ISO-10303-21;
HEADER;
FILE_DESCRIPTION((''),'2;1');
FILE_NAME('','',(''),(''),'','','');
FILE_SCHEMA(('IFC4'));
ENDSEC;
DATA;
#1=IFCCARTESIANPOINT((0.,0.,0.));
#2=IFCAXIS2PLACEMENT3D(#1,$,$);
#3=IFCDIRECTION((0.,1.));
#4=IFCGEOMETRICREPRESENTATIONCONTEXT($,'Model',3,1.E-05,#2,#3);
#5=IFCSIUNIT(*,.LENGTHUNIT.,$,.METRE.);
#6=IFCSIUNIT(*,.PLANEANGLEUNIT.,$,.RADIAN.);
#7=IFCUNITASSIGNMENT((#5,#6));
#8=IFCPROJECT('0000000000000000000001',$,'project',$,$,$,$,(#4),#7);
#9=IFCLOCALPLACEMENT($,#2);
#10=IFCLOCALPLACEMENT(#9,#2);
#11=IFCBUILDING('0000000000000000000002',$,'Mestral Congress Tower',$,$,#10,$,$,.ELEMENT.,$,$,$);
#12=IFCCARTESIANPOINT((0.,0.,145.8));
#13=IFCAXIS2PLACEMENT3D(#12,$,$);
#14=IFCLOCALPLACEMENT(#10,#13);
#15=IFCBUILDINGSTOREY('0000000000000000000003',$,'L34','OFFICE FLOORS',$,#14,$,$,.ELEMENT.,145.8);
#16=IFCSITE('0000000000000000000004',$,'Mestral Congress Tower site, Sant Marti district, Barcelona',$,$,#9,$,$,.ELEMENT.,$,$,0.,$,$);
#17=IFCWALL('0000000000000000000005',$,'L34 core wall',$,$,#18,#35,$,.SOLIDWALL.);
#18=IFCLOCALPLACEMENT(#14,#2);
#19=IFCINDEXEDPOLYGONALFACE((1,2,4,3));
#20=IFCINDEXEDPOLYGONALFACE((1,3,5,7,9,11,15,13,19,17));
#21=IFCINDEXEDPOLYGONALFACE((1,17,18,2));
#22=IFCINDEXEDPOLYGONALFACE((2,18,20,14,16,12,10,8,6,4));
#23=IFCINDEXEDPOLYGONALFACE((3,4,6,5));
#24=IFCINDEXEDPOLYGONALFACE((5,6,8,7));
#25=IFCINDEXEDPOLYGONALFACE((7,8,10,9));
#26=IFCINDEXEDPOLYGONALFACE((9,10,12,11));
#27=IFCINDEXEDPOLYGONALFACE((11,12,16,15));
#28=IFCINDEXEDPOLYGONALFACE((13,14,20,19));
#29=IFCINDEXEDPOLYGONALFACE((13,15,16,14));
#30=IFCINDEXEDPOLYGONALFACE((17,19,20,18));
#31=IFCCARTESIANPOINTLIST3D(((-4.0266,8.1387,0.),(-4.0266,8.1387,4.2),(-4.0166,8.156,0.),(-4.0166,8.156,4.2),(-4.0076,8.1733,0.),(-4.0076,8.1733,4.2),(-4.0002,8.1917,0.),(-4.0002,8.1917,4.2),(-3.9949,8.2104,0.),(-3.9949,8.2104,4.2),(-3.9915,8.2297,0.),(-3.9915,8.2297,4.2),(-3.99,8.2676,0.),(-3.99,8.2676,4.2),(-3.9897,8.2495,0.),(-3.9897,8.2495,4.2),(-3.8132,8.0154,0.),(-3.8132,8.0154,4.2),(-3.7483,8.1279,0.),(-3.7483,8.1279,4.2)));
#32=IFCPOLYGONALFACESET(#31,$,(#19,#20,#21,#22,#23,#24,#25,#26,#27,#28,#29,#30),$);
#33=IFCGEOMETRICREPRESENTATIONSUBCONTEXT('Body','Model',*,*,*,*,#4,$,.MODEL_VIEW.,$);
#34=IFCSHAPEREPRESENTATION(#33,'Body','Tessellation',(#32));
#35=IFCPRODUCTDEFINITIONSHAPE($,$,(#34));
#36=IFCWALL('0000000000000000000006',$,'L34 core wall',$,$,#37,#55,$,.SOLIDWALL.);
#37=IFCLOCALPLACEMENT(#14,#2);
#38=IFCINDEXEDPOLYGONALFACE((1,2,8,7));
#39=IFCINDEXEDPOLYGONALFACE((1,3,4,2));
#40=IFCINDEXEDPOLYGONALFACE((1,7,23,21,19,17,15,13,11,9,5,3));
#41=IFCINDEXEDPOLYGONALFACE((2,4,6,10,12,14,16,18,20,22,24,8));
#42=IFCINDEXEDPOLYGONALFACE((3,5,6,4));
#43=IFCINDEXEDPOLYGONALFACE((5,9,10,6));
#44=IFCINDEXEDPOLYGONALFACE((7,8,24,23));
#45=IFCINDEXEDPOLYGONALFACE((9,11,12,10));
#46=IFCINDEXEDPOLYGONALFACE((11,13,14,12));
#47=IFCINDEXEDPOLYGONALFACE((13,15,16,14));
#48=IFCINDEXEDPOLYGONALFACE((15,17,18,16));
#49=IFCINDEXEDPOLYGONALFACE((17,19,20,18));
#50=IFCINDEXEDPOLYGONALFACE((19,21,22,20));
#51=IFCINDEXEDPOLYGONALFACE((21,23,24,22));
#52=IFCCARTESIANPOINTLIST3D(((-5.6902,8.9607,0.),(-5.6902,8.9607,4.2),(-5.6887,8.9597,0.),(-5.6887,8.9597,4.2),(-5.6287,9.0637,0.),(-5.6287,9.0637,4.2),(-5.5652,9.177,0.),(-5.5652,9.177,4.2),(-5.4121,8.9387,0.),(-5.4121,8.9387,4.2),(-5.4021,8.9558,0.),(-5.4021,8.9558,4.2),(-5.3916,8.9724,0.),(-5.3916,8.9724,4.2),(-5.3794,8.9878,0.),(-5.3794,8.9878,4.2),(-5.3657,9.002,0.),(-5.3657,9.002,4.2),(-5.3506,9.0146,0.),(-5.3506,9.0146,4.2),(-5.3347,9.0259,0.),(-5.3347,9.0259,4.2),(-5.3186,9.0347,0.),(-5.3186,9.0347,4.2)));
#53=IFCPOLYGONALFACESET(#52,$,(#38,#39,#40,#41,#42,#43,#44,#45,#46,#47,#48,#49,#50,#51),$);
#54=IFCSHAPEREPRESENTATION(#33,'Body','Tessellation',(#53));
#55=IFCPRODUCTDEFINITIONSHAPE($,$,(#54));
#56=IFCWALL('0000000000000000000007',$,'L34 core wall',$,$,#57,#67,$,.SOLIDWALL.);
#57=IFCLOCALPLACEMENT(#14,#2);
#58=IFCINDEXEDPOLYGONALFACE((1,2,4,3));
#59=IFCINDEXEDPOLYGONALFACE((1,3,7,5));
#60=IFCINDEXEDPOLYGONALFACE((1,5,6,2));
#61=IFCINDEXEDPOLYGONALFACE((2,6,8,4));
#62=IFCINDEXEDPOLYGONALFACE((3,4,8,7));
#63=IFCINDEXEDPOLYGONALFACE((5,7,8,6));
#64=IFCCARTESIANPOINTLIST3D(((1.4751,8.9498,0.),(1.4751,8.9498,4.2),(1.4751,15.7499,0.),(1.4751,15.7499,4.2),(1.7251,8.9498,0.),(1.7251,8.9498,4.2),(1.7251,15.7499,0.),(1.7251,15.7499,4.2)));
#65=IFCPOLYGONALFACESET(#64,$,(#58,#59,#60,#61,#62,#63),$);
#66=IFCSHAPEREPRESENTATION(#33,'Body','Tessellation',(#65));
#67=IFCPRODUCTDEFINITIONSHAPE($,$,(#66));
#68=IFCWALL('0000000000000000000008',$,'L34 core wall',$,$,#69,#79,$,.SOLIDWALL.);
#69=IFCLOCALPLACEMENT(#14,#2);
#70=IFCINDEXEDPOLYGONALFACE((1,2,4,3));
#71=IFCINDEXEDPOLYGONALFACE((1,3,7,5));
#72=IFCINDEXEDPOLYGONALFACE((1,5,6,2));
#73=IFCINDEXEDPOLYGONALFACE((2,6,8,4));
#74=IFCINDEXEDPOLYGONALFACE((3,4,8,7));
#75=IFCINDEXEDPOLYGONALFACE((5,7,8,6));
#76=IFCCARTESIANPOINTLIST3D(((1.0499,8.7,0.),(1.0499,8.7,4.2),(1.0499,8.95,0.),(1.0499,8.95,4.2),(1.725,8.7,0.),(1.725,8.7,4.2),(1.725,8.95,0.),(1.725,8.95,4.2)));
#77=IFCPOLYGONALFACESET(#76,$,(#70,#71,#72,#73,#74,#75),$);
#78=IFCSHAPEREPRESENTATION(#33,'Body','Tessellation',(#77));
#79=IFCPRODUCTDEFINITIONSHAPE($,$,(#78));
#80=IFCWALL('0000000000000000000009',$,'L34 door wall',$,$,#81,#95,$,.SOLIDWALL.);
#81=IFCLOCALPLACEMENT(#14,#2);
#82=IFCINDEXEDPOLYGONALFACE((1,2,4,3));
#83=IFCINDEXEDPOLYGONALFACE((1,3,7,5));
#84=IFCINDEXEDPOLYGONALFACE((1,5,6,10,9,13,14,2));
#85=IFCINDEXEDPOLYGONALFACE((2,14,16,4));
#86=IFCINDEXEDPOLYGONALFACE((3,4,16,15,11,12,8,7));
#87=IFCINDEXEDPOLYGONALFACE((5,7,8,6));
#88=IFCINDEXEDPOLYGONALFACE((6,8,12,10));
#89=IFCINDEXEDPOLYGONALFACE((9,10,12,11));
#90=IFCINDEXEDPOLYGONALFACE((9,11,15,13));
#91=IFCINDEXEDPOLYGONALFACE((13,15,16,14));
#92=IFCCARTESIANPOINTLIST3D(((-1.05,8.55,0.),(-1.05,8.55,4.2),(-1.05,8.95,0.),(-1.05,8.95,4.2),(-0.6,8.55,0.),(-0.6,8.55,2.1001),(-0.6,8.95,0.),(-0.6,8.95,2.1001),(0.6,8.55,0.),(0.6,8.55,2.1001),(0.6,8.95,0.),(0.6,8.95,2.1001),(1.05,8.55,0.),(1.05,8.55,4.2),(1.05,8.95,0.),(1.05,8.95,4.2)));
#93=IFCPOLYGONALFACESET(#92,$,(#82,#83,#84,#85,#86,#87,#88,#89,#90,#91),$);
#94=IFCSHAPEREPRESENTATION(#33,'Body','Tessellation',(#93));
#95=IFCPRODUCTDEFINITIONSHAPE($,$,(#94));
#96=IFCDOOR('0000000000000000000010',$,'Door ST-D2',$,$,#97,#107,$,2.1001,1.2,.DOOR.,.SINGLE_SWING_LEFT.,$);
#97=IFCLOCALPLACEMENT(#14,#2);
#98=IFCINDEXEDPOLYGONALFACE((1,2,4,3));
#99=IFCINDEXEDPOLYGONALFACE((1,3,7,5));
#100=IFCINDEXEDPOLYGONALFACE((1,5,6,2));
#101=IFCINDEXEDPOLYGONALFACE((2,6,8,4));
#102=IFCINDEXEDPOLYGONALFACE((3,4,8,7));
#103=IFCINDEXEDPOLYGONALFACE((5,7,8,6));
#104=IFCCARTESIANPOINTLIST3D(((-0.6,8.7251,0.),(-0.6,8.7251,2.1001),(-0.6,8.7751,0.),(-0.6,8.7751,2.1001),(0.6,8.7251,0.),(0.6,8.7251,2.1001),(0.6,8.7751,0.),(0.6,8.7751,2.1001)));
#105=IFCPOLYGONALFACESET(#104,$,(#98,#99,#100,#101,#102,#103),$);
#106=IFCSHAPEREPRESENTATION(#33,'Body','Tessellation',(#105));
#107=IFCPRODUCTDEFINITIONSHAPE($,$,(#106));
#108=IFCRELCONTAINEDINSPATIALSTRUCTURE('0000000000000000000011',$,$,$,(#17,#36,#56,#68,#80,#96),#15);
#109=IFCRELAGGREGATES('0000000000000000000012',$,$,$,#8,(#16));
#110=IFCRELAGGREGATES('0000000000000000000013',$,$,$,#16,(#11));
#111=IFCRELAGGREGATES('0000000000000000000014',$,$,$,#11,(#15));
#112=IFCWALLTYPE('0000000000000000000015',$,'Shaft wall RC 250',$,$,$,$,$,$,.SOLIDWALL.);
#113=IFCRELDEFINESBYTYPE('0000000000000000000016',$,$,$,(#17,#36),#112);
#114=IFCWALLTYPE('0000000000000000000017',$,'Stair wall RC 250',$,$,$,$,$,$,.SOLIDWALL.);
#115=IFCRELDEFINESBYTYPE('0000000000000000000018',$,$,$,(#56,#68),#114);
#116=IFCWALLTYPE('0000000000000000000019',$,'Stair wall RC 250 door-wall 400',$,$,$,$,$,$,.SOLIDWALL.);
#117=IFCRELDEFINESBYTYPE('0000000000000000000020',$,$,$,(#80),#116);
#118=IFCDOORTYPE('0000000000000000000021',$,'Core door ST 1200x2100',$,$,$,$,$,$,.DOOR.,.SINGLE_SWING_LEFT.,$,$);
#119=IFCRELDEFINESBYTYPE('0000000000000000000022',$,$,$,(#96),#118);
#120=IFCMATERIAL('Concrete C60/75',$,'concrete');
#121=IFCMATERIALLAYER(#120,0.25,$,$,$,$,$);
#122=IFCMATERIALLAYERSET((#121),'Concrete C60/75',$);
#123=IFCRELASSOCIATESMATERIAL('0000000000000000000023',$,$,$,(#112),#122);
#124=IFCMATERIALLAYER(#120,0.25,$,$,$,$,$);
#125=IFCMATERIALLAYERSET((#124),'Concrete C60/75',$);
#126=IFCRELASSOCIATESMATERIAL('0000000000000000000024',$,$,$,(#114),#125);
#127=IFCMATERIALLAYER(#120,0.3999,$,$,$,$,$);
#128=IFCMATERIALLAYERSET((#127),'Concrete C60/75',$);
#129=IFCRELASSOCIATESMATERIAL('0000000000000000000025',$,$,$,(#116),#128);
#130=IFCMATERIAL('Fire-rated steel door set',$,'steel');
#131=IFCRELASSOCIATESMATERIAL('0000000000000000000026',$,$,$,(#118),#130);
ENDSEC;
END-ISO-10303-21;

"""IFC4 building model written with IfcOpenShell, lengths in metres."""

from ifc_helpers import new_model, si_unit, direction, frame, frame_2d, origin, place, context, subcontext, project, spatial, polyline, rectangle, outline, extrude, material, layer, layer_set, type_object, element, fill, save


model = new_model("IFC4")

# Units and contexts
model_context = context("Model", 3, precision=1e-05, world=origin(), true_north=direction((0.0, 1.0)))
body_context = subcontext(model_context, "Body", "Model", "MODEL_VIEW")
ifc_project = project(units=[si_unit("LENGTHUNIT", "METRE"), si_unit("PLANEANGLEUNIT", "RADIAN")], contexts=[model_context])

# Site, building, storey
site_placement = place(None, origin())
site = spatial("IfcSite", under=ifc_project, at=site_placement, Name="Mestral Congress Tower site, Sant Marti district, Barcelona", CompositionType="ELEMENT", RefElevation=0.0)
building_placement = place(site_placement, origin())
building = spatial("IfcBuilding", under=site, at=building_placement, Name="Mestral Congress Tower", CompositionType="ELEMENT")
storey_placement = place(building_placement, frame((0.0, 0.0, 145.8)))
storey = spatial("IfcBuildingStorey", under=building, at=storey_placement, Name="L34", Description="OFFICE FLOORS", CompositionType="ELEMENT", Elevation=145.8)

# Walls
ifc_material_1 = material(Name="Concrete C60/75", Category="concrete")
placement = place(storey_placement, origin())
ifc_layer_1 = layer(ifc_material_1, 0.25)
ifc_layer_set_1 = layer_set([ifc_layer_1], Name="Concrete C60/75")
wall_type_1 = type_object("IfcWallType", Name="Shaft wall RC 250", PredefinedType="SOLIDWALL", material=ifc_layer_set_1)
element("IfcWall", 1, at=placement, inside=storey, type_object=wall_type_1, Name="L34 core wall", PredefinedType="SOLIDWALL", context=body_context, shape_type="SweptSolid", body=[
    extrude(outline(polyline([(-3.7483, 8.1279), (-3.8132, 8.0154), (-4.0266, 8.1387), (-4.0166, 8.156), (-4.0076, 8.1733), (-4.0002, 8.1917), (-3.9949, 8.2104), (-3.9915, 8.2297), (-3.9897, 8.2495), (-3.99, 8.2676), (-3.7483, 8.1279)])), origin(), (0.0, 0.0, 1.0), 4.2),
])
element("IfcWall", 2, at=placement, inside=storey, type_object=wall_type_1, Name="L34 core wall", PredefinedType="SOLIDWALL", context=body_context, shape_type="SweptSolid", body=[
    extrude(outline(polyline([(-5.6887, 8.9597), (-5.6902, 8.9607), (-5.5652, 9.177), (-5.3186, 9.0347), (-5.3347, 9.0259), (-5.3506, 9.0146), (-5.3657, 9.002), (-5.3794, 8.9878), (-5.3916, 8.9724), (-5.4021, 8.9558), (-5.4121, 8.9387), (-5.6287, 9.0637), (-5.6287, 9.0637), (-5.6887, 8.9597)])), origin(), (0.0, 0.0, 1.0), 4.2),
])
ifc_layer_2 = layer(ifc_material_1, 0.25)
ifc_layer_set_2 = layer_set([ifc_layer_2], Name="Concrete C60/75")
wall_type_2 = type_object("IfcWallType", Name="Stair wall RC 250", PredefinedType="SOLIDWALL", material=ifc_layer_set_2)
wall_1_placement = place(storey_placement, frame((1.6001, 8.95, 0.0), z_axis=(0.0, 0.0, 1.0), x_axis=(0.0, 1.0, 0.0)))
element("IfcWall", 3, at=wall_1_placement, inside=storey, type_object=wall_type_2, Name="L34 core wall", PredefinedType="SOLIDWALL", context=body_context, shape_type="SweptSolid", body=[
    extrude(rectangle(XDim=6.8, YDim=0.25, at=frame_2d((3.3999, 0.0))), origin(), (0.0, 0.0, 1.0), 4.2),
])
wall_2_placement = place(storey_placement, frame((1.05, 8.825, 0.0), z_axis=(0.0, 0.0, 1.0), x_axis=(1.0, 0.0, 0.0)))
element("IfcWall", 4, at=wall_2_placement, inside=storey, type_object=wall_type_2, Name="L34 core wall", PredefinedType="SOLIDWALL", context=body_context, shape_type="SweptSolid", body=[
    extrude(rectangle(XDim=0.675, YDim=0.25, at=frame_2d((0.3374, 0.0))), origin(), (0.0, 0.0, 1.0), 4.2),
])

# Wall, opening, door
ifc_layer_3 = layer(ifc_material_1, 0.3999)
ifc_layer_set_3 = layer_set([ifc_layer_3], Name="Concrete C60/75")
wall_type_3 = type_object("IfcWallType", Name="Stair wall RC 250 door-wall 400", PredefinedType="SOLIDWALL", material=ifc_layer_set_3)
wall_3_placement = place(storey_placement, frame((1.05, 8.75, 0.0), z_axis=(0.0, 0.0, 1.0), x_axis=(-1.0, 0.0, 0.0)))
wall_3 = element("IfcWall", 5, at=wall_3_placement, inside=storey, type_object=wall_type_3, Name="L34 door wall", PredefinedType="SOLIDWALL", context=body_context, shape_type="SweptSolid", body=[
    extrude(rectangle(XDim=2.1001, YDim=0.3999, at=frame_2d((1.05, 0.0))), origin(), (0.0, 0.0, 1.0), 4.2),
])
opening_placement = place(wall_3_placement, frame((0.45, 0.0, 0.0)))
opening = element("IfcOpeningElement", 6, at=opening_placement, cuts=wall_3, PredefinedType="OPENING", context=body_context, shape_type="SweptSolid", body=[
    extrude(rectangle(XDim=1.2, YDim=2.1001, at=frame_2d((0.6001, 1.05))), frame((0.0, 0.21, 0.0), z_axis=(0.0, -1.0, 0.0), x_axis=(1.0, 0.0, 0.0)), (0.0, 0.0, 1.0), 0.4199),
])
ifc_material_2 = material(Name="Fire-rated steel door set", Category="steel")
door_type = type_object("IfcDoorType", Name="Core door ST 1200x2100", OperationType="SINGLE_SWING_LEFT", PredefinedType="DOOR", material=ifc_material_2)
door_placement = place(opening_placement, origin())
door = element("IfcDoor", 7, at=door_placement, inside=storey, type_object=door_type, Name="Door ST-D2", OperationType="SINGLE_SWING_LEFT", OverallHeight=2.1001, OverallWidth=1.2, PredefinedType="DOOR", context=body_context, shape_type="SweptSolid", body=[
    extrude(rectangle(XDim=1.2, YDim=2.1001, at=frame_2d((0.6001, 1.05))), frame((0.0, 0.0249, 0.0), z_axis=(0.0, -1.0, 0.0), x_axis=(1.0, 0.0, 0.0)), (0.0, 0.0, 1.0), 0.05),
])
fill(opening, door)

save(model, "model.ifc")
